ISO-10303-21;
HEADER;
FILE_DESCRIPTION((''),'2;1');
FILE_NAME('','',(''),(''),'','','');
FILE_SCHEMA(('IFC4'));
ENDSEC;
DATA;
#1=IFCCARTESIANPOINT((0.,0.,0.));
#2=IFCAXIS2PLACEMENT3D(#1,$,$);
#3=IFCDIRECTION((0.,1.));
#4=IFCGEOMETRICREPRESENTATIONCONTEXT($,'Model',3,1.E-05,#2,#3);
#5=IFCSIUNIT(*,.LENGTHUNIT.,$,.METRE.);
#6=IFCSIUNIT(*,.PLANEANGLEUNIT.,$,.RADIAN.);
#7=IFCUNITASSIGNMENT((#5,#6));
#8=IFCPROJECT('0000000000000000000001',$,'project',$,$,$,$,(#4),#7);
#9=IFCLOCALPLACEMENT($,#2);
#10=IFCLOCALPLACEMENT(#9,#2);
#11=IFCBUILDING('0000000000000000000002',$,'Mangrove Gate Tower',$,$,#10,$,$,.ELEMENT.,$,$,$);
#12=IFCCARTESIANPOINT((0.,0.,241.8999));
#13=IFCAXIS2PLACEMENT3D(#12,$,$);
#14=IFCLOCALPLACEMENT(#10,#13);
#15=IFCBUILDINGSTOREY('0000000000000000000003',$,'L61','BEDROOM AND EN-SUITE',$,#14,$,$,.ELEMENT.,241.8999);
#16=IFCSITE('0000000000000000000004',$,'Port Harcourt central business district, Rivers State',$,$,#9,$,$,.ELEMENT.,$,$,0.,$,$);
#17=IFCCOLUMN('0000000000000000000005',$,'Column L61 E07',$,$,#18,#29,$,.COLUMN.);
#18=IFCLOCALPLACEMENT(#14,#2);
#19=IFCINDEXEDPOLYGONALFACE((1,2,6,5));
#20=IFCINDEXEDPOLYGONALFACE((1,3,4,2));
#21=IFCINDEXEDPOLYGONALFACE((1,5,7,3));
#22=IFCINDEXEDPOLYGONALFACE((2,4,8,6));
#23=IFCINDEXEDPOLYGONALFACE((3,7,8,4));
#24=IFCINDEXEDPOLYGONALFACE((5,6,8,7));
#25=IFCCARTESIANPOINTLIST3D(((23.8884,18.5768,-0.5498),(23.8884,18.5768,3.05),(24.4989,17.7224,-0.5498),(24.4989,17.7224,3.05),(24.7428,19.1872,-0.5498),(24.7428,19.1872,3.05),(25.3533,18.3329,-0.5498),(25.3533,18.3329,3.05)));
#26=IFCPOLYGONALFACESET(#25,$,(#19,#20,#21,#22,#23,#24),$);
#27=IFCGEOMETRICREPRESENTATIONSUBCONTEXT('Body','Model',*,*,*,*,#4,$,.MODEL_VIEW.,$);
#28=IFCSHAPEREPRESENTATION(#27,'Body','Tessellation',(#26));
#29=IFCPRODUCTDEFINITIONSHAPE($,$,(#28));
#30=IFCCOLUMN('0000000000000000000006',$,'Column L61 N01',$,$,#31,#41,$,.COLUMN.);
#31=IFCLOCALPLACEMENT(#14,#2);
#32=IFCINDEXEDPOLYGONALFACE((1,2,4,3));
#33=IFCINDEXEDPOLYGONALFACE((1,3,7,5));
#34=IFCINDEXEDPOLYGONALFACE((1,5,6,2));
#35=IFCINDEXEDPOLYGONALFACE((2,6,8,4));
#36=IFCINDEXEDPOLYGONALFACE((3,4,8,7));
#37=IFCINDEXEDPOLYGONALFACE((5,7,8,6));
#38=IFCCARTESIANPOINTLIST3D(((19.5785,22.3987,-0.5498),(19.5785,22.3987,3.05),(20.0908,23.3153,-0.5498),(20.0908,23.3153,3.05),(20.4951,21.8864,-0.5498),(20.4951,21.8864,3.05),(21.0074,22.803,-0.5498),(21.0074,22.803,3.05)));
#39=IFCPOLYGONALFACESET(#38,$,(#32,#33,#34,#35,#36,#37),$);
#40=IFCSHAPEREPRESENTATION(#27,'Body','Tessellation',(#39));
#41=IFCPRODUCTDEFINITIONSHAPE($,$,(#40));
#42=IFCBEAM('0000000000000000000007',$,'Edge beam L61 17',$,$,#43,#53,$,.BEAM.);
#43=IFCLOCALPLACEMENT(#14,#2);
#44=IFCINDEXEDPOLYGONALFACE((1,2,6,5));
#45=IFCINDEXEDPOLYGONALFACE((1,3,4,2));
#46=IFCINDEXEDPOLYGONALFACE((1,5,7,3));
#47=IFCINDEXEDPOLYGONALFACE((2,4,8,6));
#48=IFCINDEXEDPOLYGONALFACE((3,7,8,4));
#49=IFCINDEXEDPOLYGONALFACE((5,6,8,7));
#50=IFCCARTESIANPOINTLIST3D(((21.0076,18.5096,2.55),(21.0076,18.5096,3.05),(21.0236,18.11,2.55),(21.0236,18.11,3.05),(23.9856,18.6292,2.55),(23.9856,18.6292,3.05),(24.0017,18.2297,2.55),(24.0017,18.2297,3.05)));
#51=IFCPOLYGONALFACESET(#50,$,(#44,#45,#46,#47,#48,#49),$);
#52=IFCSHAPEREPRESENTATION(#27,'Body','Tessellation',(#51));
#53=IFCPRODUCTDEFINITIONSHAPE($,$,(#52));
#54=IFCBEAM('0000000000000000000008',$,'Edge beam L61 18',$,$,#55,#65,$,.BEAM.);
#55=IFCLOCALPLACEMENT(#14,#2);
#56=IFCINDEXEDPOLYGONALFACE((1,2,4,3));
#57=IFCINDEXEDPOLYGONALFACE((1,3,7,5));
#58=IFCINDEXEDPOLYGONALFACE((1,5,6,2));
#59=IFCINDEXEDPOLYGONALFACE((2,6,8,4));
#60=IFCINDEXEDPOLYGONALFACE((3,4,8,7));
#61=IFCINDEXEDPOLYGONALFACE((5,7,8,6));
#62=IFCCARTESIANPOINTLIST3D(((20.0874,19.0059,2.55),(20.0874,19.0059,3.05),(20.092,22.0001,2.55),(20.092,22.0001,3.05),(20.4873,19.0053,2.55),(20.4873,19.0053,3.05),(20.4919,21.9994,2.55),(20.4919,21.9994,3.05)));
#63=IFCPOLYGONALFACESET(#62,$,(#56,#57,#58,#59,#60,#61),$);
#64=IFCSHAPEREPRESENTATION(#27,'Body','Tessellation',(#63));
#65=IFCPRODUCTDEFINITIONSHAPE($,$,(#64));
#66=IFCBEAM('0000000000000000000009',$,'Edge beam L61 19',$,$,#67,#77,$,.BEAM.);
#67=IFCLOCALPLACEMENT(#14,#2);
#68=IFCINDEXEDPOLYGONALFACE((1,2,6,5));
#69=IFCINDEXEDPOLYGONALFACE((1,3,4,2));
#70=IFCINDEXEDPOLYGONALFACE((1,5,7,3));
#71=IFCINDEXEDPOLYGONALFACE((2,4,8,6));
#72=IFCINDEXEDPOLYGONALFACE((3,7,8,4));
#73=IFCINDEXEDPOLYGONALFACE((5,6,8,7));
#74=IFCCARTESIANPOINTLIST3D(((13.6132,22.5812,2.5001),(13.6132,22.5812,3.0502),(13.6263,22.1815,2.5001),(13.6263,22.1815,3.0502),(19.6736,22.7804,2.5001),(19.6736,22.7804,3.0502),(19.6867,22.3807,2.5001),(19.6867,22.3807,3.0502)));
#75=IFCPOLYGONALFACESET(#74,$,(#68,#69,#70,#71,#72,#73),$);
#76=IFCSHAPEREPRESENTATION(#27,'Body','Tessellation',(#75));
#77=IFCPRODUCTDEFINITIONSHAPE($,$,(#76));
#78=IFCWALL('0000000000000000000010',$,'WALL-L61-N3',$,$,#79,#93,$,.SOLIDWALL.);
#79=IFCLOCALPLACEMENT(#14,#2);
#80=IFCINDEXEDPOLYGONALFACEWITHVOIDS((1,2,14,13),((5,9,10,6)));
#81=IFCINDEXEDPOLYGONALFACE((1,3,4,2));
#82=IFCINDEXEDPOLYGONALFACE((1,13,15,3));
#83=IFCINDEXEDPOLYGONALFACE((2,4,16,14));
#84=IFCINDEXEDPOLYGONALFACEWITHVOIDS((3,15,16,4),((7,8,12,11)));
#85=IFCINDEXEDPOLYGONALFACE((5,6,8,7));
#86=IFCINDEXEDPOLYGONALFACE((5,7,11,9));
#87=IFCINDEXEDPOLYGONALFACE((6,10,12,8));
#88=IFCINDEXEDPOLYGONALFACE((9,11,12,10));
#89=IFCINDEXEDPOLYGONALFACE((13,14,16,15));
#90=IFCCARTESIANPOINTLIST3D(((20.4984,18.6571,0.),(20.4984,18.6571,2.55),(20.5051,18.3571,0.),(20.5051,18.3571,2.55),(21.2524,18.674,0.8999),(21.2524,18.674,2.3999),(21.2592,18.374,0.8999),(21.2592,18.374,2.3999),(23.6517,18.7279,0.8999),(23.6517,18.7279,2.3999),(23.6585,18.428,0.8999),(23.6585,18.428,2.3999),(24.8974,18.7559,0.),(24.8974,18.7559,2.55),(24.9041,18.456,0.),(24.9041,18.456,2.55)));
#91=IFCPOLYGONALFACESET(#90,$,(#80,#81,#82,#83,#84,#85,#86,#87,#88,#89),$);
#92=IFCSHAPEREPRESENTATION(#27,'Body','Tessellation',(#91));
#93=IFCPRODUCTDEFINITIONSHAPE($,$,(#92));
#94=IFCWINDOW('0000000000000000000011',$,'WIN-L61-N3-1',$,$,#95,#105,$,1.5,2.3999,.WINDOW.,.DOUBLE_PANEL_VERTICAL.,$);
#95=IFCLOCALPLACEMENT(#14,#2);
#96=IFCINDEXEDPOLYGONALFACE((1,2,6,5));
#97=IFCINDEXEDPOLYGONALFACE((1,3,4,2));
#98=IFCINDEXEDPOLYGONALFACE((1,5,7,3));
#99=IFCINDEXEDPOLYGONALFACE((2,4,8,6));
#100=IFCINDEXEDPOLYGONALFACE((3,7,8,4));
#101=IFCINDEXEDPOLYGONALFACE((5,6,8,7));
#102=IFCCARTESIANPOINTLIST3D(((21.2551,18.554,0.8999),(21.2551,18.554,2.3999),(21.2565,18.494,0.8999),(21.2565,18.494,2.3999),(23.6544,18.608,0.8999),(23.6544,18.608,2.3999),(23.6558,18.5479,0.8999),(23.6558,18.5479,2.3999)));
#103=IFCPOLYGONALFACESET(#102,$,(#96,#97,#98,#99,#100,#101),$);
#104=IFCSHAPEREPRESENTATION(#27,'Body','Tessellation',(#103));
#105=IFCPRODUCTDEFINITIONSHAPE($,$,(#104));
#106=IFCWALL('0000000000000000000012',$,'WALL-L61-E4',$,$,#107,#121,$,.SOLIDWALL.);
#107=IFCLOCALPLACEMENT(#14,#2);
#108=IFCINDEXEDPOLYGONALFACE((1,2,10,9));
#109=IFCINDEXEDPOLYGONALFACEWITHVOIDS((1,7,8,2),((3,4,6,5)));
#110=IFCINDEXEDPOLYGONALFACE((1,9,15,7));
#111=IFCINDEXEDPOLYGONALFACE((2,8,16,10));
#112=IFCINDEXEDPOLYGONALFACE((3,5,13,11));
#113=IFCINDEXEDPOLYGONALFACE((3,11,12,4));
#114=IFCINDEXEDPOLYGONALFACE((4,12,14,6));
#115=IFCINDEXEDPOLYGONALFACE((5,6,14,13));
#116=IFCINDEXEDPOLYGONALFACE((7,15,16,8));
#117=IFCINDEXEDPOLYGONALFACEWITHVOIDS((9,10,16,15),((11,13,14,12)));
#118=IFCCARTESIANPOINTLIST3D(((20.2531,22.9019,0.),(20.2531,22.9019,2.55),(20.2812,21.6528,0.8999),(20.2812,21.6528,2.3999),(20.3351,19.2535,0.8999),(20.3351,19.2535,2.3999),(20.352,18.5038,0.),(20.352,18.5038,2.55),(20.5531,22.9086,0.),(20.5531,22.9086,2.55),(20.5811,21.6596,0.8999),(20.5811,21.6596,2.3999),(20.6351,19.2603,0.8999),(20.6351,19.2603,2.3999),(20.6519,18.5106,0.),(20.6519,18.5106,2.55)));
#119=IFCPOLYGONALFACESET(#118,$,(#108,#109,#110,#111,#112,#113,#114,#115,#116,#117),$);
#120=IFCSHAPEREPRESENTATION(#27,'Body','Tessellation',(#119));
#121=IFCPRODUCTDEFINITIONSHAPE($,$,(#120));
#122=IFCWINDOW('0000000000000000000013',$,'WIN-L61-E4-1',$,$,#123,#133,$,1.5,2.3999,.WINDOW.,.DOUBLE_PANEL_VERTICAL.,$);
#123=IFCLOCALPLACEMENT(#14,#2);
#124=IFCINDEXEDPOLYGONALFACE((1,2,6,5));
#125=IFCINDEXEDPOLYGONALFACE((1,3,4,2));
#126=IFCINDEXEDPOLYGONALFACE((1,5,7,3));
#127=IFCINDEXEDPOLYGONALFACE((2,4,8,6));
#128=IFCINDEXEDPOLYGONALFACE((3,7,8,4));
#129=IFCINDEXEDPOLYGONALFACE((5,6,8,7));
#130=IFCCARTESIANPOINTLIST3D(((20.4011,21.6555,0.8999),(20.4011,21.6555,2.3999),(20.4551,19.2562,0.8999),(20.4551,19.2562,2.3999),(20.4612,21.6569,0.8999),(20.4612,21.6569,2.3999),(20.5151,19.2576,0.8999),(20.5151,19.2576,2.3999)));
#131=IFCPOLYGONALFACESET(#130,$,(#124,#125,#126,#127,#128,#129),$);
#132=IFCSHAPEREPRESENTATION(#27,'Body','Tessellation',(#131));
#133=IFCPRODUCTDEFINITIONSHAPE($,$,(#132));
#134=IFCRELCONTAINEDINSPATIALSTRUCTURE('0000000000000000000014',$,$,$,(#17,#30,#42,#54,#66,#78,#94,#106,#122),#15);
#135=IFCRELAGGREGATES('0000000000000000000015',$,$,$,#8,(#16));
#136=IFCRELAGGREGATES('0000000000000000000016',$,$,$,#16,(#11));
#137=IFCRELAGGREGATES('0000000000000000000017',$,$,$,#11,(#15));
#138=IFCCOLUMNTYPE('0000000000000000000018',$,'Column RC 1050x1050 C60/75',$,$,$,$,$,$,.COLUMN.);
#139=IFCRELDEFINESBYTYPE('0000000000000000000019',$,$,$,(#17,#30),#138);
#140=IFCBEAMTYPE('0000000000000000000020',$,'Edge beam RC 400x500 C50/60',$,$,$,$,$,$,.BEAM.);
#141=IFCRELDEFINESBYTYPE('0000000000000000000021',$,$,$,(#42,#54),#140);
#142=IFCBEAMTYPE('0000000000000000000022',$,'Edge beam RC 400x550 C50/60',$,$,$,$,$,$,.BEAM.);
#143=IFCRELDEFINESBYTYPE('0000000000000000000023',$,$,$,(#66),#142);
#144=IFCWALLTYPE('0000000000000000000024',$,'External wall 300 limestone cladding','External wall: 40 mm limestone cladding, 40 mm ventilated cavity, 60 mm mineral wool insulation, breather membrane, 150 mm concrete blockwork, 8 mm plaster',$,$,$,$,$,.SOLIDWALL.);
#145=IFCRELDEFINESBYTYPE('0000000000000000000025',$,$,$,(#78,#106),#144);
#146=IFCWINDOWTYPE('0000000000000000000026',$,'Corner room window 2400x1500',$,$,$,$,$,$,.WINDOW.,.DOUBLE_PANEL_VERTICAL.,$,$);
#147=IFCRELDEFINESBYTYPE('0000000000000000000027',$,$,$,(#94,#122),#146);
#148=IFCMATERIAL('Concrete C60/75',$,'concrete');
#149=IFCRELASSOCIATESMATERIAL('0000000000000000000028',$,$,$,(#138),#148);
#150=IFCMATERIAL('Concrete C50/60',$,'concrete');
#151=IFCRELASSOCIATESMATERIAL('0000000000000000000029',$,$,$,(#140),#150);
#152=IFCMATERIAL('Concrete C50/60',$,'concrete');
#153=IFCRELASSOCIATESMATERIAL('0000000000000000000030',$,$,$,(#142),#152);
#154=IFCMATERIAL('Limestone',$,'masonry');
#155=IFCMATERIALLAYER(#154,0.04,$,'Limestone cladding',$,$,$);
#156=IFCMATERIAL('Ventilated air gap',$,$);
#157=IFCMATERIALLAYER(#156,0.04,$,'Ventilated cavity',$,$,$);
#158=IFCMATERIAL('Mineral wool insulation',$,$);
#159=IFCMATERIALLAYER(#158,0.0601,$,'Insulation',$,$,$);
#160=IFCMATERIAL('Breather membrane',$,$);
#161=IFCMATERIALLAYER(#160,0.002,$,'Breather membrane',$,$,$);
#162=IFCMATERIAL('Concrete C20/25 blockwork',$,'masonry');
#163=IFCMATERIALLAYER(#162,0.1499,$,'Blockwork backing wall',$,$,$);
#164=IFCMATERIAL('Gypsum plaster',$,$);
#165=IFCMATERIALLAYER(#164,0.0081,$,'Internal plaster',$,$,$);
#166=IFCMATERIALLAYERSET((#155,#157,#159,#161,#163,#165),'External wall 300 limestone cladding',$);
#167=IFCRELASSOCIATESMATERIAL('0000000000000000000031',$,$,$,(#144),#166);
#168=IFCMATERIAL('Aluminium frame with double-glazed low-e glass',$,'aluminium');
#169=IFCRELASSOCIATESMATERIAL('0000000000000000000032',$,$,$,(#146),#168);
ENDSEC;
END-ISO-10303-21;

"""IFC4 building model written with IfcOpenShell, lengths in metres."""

from ifc_helpers import new_model, si_unit, direction, frame, frame_2d, origin, origin_2d, place, context, subcontext, project, spatial, rectangle, extrude, material, layer, layer_set, material_profile, profile_set, type_object, element, fill, save


model = new_model("IFC4")

# Units and contexts
model_context = context("Model", 3, precision=1e-05, world=origin(), true_north=direction((0.0, 1.0)))
body_context = subcontext(model_context, "Body", "Model", "MODEL_VIEW")
ifc_project = project(units=[si_unit("LENGTHUNIT", "METRE"), si_unit("PLANEANGLEUNIT", "RADIAN")], contexts=[model_context])

# Site, building, storey
site_placement = place(None, origin())
site = spatial("IfcSite", under=ifc_project, at=site_placement, Name="Port Harcourt central business district, Rivers State", CompositionType="ELEMENT", RefElevation=0.0)
building_placement = place(site_placement, origin())
building = spatial("IfcBuilding", under=site, at=building_placement, Name="Mangrove Gate Tower", CompositionType="ELEMENT")
storey_placement = place(building_placement, frame((0.0, 0.0, 241.8999)))
storey = spatial("IfcBuildingStorey", under=building, at=storey_placement, Name="L61", Description="BEDROOM AND EN-SUITE", CompositionType="ELEMENT", Elevation=241.8999)

# Columns
ifc_material_1 = material(Name="Concrete C60/75", Category="concrete")
ifc_material_profile_1 = material_profile(ifc_material_1, rectangle(XDim=1.05, YDim=1.05, at=origin_2d()))
ifc_profile_set_1 = profile_set([ifc_material_profile_1], Name="Concrete C60/75")
column_type = type_object("IfcColumnType", Name="Column RC 1050x1050 C60/75", PredefinedType="COLUMN", material=ifc_profile_set_1)
for number, where, z_axis, x_axis, name in (
    (1, (24.6208, 18.4548, -0.5498), (0.0, 0.0, 1.0), (-0.581359, 0.813647, 0.0), "Column L61 E07"),
    (2, (20.293, 22.6008, -0.5498), (0.0, 0.0, 1.0), (-0.872897, 0.487904, 0.0), "Column L61 N01"),
):
    element("IfcColumn", number, at=place(storey_placement, frame(where, z_axis=z_axis, x_axis=x_axis)), inside=storey, type_object=column_type, Name=name, PredefinedType="COLUMN", context=body_context, shape_type="SweptSolid", body=[
        extrude(rectangle(XDim=1.05, YDim=1.05, at=origin_2d()), origin(), (0.0, 0.0, 1.0), 3.5999),
    ])

# Beams
ifc_material_2 = material(Name="Concrete C50/60", Category="concrete")
ifc_material_profile_2 = material_profile(ifc_material_2, rectangle(XDim=0.3999, YDim=0.5, at=origin_2d()))
ifc_profile_set_2 = profile_set([ifc_material_profile_2], Name="Concrete C50/60")
beam_type_1 = type_object("IfcBeamType", Name="Edge beam RC 400x500 C50/60", PredefinedType="BEAM", material=ifc_profile_set_2)
beam_1_placement = place(storey_placement, frame((23.9937, 18.4294, 2.8), z_axis=(-0.999194, -0.040138, 0.0), x_axis=(0.040138, -0.999194, 0.0)))
element("IfcBeam", 3, at=beam_1_placement, inside=storey, type_object=beam_type_1, Name="Edge beam L61 17", PredefinedType="BEAM", context=body_context, shape_type="SweptSolid", body=[
    extrude(rectangle(XDim=0.3999, YDim=0.5, at=origin_2d()), origin(), (0.0, 0.0, 1.0), 2.9805),
])
beam_2_placement = place(storey_placement, frame((20.2874, 19.0056, 2.8), z_axis=(0.001549, 0.999999, 0.0), x_axis=(-0.999999, 0.001549, 0.0)))
element("IfcBeam", 4, at=beam_2_placement, inside=storey, type_object=beam_type_1, Name="Edge beam L61 18", PredefinedType="BEAM", context=body_context, shape_type="SweptSolid", body=[
    extrude(rectangle(XDim=0.3999, YDim=0.5, at=origin_2d()), origin(), (0.0, 0.0, 1.0), 2.9941),
])
ifc_material_3 = material(Name="Concrete C50/60", Category="concrete")
ifc_material_profile_3 = material_profile(ifc_material_3, rectangle(XDim=0.3999, YDim=0.55, at=origin_2d()))
ifc_profile_set_3 = profile_set([ifc_material_profile_3], Name="Concrete C50/60")
beam_type_2 = type_object("IfcBeamType", Name="Edge beam RC 400x550 C50/60", PredefinedType="BEAM", material=ifc_profile_set_3)
beam_3_placement = place(storey_placement, frame((19.6802, 22.5806, 2.7751), z_axis=(-0.99946, -0.032854, 0.0), x_axis=(0.032854, -0.99946, 0.0)))
element("IfcBeam", 5, at=beam_3_placement, inside=storey, type_object=beam_type_2, Name="Edge beam L61 19", PredefinedType="BEAM", context=body_context, shape_type="SweptSolid", body=[
    extrude(rectangle(XDim=0.3999, YDim=0.55, at=origin_2d()), origin(), (0.0, 0.0, 1.0), 6.0637),
])

# Walls, openings, windows
ifc_material_4 = material(Name="Limestone", Category="masonry")
ifc_layer_1 = layer(ifc_material_4, 0.04, Name="Limestone cladding")
ifc_material_5 = material(Name="Ventilated air gap")
ifc_layer_2 = layer(ifc_material_5, 0.04, Name="Ventilated cavity")
ifc_material_6 = material(Name="Mineral wool insulation")
ifc_layer_3 = layer(ifc_material_6, 0.0601, Name="Insulation")
ifc_material_7 = material(Name="Breather membrane")
ifc_layer_4 = layer(ifc_material_7, 0.002, Name="Breather membrane")
ifc_material_8 = material(Name="Concrete C20/25 blockwork", Category="masonry")
ifc_layer_5 = layer(ifc_material_8, 0.1499, Name="Blockwork backing wall")
ifc_material_9 = material(Name="Gypsum plaster")
ifc_layer_6 = layer(ifc_material_9, 0.0081, Name="Internal plaster")
ifc_layer_set = layer_set([ifc_layer_1, ifc_layer_2, ifc_layer_3, ifc_layer_4, ifc_layer_5, ifc_layer_6], Name="External wall 300 limestone cladding")
wall_type = type_object("IfcWallType", Name="External wall 300 limestone cladding", Description="External wall: 40 mm limestone cladding, 40 mm ventilated cavity, 60 mm mineral wool insulation, breather membrane, 150 mm concrete blockwork, 8 mm plaster", PredefinedType="SOLIDWALL", material=ifc_layer_set)
wall_1_placement = place(storey_placement, frame((24.9009, 18.606, 0.0), z_axis=(0.0, 0.0, 1.0), x_axis=(-0.999747, -0.022472, 0.0)))
wall_1 = element("IfcWall", 6, at=wall_1_placement, inside=storey, type_object=wall_type, Name="WALL-L61-N3", PredefinedType="SOLIDWALL", context=body_context, shape_type="SweptSolid", body=[
    extrude(rectangle(XDim=4.4001, YDim=0.3, at=frame_2d((2.2002, 0.0))), origin(), (0.0, 0.0, 1.0), 2.55),
])
opening_1_placement = place(wall_1_placement, frame((1.2461, 0.0, 0.8999)))
opening_1 = element("IfcOpeningElement", 7, at=opening_1_placement, cuts=wall_1, PredefinedType="OPENING", context=body_context, shape_type="SweptSolid", body=[
    extrude(rectangle(XDim=2.3999, YDim=1.5, at=frame_2d((1.2, 0.75))), frame((0.0, 0.1599, 0.0), z_axis=(0.0, -1.0, 0.0), x_axis=(1.0, 0.0, 0.0)), (0.0, 0.0, 1.0), 0.3201),
])
ifc_material_10 = material(Name="Aluminium frame with double-glazed low-e glass", Category="aluminium")
window_type_1 = type_object("IfcWindowType", Name="Corner room window 2400x1500", PartitioningType="DOUBLE_PANEL_VERTICAL", PredefinedType="WINDOW", material=ifc_material_10)
window_1_placement = place(opening_1_placement, origin())
window_1 = element("IfcWindow", 8, at=window_1_placement, inside=storey, type_object=window_type_1, Name="WIN-L61-N3-1", OverallHeight=1.5, OverallWidth=2.3999, PartitioningType="DOUBLE_PANEL_VERTICAL", PredefinedType="WINDOW", context=body_context, shape_type="SweptSolid", body=[
    extrude(rectangle(XDim=2.3999, YDim=1.5, at=frame_2d((1.2, 0.75))), frame((0.0, 0.03, 0.0), z_axis=(0.0, -1.0, 0.0), x_axis=(1.0, 0.0, 0.0)), (0.0, 0.0, 1.0), 0.0601),
])
fill(opening_1, window_1)
wall_2_placement = place(storey_placement, frame((20.502, 18.5071, 0.0), z_axis=(0.0, 0.0, 1.0), x_axis=(-0.022477, 0.999747, 0.0)))
wall_2 = element("IfcWall", 9, at=wall_2_placement, inside=storey, type_object=wall_type, Name="WALL-L61-E4", PredefinedType="SOLIDWALL", context=body_context, shape_type="SweptSolid", body=[
    extrude(rectangle(XDim=4.3992, YDim=0.3, at=frame_2d((2.1997, 0.0))), origin(), (0.0, 0.0, 1.0), 2.55),
])
opening_2_placement = place(wall_2_placement, frame((0.75, 0.0, 0.8999)))
opening_2 = element("IfcOpeningElement", 10, at=opening_2_placement, cuts=wall_2, PredefinedType="OPENING", context=body_context, shape_type="SweptSolid", body=[
    extrude(rectangle(XDim=2.3999, YDim=1.5, at=frame_2d((1.2, 0.75))), frame((0.0, 0.1599, 0.0), z_axis=(0.0, -1.0, 0.0), x_axis=(1.0, 0.0, 0.0)), (0.0, 0.0, 1.0), 0.3201),
])
window_2_placement = place(opening_2_placement, origin())
window_2 = element("IfcWindow", 11, at=window_2_placement, inside=storey, type_object=window_type_1, Name="WIN-L61-E4-1", OverallHeight=1.5, OverallWidth=2.3999, PartitioningType="DOUBLE_PANEL_VERTICAL", PredefinedType="WINDOW", context=body_context, shape_type="SweptSolid", body=[
    extrude(rectangle(XDim=2.3999, YDim=1.5, at=frame_2d((1.2, 0.75))), frame((0.0, 0.03, 0.0), z_axis=(0.0, -1.0, 0.0), x_axis=(1.0, 0.0, 0.0)), (0.0, 0.0, 1.0), 0.0601),
])
fill(opening_2, window_2)

save(model, "model.ifc")
